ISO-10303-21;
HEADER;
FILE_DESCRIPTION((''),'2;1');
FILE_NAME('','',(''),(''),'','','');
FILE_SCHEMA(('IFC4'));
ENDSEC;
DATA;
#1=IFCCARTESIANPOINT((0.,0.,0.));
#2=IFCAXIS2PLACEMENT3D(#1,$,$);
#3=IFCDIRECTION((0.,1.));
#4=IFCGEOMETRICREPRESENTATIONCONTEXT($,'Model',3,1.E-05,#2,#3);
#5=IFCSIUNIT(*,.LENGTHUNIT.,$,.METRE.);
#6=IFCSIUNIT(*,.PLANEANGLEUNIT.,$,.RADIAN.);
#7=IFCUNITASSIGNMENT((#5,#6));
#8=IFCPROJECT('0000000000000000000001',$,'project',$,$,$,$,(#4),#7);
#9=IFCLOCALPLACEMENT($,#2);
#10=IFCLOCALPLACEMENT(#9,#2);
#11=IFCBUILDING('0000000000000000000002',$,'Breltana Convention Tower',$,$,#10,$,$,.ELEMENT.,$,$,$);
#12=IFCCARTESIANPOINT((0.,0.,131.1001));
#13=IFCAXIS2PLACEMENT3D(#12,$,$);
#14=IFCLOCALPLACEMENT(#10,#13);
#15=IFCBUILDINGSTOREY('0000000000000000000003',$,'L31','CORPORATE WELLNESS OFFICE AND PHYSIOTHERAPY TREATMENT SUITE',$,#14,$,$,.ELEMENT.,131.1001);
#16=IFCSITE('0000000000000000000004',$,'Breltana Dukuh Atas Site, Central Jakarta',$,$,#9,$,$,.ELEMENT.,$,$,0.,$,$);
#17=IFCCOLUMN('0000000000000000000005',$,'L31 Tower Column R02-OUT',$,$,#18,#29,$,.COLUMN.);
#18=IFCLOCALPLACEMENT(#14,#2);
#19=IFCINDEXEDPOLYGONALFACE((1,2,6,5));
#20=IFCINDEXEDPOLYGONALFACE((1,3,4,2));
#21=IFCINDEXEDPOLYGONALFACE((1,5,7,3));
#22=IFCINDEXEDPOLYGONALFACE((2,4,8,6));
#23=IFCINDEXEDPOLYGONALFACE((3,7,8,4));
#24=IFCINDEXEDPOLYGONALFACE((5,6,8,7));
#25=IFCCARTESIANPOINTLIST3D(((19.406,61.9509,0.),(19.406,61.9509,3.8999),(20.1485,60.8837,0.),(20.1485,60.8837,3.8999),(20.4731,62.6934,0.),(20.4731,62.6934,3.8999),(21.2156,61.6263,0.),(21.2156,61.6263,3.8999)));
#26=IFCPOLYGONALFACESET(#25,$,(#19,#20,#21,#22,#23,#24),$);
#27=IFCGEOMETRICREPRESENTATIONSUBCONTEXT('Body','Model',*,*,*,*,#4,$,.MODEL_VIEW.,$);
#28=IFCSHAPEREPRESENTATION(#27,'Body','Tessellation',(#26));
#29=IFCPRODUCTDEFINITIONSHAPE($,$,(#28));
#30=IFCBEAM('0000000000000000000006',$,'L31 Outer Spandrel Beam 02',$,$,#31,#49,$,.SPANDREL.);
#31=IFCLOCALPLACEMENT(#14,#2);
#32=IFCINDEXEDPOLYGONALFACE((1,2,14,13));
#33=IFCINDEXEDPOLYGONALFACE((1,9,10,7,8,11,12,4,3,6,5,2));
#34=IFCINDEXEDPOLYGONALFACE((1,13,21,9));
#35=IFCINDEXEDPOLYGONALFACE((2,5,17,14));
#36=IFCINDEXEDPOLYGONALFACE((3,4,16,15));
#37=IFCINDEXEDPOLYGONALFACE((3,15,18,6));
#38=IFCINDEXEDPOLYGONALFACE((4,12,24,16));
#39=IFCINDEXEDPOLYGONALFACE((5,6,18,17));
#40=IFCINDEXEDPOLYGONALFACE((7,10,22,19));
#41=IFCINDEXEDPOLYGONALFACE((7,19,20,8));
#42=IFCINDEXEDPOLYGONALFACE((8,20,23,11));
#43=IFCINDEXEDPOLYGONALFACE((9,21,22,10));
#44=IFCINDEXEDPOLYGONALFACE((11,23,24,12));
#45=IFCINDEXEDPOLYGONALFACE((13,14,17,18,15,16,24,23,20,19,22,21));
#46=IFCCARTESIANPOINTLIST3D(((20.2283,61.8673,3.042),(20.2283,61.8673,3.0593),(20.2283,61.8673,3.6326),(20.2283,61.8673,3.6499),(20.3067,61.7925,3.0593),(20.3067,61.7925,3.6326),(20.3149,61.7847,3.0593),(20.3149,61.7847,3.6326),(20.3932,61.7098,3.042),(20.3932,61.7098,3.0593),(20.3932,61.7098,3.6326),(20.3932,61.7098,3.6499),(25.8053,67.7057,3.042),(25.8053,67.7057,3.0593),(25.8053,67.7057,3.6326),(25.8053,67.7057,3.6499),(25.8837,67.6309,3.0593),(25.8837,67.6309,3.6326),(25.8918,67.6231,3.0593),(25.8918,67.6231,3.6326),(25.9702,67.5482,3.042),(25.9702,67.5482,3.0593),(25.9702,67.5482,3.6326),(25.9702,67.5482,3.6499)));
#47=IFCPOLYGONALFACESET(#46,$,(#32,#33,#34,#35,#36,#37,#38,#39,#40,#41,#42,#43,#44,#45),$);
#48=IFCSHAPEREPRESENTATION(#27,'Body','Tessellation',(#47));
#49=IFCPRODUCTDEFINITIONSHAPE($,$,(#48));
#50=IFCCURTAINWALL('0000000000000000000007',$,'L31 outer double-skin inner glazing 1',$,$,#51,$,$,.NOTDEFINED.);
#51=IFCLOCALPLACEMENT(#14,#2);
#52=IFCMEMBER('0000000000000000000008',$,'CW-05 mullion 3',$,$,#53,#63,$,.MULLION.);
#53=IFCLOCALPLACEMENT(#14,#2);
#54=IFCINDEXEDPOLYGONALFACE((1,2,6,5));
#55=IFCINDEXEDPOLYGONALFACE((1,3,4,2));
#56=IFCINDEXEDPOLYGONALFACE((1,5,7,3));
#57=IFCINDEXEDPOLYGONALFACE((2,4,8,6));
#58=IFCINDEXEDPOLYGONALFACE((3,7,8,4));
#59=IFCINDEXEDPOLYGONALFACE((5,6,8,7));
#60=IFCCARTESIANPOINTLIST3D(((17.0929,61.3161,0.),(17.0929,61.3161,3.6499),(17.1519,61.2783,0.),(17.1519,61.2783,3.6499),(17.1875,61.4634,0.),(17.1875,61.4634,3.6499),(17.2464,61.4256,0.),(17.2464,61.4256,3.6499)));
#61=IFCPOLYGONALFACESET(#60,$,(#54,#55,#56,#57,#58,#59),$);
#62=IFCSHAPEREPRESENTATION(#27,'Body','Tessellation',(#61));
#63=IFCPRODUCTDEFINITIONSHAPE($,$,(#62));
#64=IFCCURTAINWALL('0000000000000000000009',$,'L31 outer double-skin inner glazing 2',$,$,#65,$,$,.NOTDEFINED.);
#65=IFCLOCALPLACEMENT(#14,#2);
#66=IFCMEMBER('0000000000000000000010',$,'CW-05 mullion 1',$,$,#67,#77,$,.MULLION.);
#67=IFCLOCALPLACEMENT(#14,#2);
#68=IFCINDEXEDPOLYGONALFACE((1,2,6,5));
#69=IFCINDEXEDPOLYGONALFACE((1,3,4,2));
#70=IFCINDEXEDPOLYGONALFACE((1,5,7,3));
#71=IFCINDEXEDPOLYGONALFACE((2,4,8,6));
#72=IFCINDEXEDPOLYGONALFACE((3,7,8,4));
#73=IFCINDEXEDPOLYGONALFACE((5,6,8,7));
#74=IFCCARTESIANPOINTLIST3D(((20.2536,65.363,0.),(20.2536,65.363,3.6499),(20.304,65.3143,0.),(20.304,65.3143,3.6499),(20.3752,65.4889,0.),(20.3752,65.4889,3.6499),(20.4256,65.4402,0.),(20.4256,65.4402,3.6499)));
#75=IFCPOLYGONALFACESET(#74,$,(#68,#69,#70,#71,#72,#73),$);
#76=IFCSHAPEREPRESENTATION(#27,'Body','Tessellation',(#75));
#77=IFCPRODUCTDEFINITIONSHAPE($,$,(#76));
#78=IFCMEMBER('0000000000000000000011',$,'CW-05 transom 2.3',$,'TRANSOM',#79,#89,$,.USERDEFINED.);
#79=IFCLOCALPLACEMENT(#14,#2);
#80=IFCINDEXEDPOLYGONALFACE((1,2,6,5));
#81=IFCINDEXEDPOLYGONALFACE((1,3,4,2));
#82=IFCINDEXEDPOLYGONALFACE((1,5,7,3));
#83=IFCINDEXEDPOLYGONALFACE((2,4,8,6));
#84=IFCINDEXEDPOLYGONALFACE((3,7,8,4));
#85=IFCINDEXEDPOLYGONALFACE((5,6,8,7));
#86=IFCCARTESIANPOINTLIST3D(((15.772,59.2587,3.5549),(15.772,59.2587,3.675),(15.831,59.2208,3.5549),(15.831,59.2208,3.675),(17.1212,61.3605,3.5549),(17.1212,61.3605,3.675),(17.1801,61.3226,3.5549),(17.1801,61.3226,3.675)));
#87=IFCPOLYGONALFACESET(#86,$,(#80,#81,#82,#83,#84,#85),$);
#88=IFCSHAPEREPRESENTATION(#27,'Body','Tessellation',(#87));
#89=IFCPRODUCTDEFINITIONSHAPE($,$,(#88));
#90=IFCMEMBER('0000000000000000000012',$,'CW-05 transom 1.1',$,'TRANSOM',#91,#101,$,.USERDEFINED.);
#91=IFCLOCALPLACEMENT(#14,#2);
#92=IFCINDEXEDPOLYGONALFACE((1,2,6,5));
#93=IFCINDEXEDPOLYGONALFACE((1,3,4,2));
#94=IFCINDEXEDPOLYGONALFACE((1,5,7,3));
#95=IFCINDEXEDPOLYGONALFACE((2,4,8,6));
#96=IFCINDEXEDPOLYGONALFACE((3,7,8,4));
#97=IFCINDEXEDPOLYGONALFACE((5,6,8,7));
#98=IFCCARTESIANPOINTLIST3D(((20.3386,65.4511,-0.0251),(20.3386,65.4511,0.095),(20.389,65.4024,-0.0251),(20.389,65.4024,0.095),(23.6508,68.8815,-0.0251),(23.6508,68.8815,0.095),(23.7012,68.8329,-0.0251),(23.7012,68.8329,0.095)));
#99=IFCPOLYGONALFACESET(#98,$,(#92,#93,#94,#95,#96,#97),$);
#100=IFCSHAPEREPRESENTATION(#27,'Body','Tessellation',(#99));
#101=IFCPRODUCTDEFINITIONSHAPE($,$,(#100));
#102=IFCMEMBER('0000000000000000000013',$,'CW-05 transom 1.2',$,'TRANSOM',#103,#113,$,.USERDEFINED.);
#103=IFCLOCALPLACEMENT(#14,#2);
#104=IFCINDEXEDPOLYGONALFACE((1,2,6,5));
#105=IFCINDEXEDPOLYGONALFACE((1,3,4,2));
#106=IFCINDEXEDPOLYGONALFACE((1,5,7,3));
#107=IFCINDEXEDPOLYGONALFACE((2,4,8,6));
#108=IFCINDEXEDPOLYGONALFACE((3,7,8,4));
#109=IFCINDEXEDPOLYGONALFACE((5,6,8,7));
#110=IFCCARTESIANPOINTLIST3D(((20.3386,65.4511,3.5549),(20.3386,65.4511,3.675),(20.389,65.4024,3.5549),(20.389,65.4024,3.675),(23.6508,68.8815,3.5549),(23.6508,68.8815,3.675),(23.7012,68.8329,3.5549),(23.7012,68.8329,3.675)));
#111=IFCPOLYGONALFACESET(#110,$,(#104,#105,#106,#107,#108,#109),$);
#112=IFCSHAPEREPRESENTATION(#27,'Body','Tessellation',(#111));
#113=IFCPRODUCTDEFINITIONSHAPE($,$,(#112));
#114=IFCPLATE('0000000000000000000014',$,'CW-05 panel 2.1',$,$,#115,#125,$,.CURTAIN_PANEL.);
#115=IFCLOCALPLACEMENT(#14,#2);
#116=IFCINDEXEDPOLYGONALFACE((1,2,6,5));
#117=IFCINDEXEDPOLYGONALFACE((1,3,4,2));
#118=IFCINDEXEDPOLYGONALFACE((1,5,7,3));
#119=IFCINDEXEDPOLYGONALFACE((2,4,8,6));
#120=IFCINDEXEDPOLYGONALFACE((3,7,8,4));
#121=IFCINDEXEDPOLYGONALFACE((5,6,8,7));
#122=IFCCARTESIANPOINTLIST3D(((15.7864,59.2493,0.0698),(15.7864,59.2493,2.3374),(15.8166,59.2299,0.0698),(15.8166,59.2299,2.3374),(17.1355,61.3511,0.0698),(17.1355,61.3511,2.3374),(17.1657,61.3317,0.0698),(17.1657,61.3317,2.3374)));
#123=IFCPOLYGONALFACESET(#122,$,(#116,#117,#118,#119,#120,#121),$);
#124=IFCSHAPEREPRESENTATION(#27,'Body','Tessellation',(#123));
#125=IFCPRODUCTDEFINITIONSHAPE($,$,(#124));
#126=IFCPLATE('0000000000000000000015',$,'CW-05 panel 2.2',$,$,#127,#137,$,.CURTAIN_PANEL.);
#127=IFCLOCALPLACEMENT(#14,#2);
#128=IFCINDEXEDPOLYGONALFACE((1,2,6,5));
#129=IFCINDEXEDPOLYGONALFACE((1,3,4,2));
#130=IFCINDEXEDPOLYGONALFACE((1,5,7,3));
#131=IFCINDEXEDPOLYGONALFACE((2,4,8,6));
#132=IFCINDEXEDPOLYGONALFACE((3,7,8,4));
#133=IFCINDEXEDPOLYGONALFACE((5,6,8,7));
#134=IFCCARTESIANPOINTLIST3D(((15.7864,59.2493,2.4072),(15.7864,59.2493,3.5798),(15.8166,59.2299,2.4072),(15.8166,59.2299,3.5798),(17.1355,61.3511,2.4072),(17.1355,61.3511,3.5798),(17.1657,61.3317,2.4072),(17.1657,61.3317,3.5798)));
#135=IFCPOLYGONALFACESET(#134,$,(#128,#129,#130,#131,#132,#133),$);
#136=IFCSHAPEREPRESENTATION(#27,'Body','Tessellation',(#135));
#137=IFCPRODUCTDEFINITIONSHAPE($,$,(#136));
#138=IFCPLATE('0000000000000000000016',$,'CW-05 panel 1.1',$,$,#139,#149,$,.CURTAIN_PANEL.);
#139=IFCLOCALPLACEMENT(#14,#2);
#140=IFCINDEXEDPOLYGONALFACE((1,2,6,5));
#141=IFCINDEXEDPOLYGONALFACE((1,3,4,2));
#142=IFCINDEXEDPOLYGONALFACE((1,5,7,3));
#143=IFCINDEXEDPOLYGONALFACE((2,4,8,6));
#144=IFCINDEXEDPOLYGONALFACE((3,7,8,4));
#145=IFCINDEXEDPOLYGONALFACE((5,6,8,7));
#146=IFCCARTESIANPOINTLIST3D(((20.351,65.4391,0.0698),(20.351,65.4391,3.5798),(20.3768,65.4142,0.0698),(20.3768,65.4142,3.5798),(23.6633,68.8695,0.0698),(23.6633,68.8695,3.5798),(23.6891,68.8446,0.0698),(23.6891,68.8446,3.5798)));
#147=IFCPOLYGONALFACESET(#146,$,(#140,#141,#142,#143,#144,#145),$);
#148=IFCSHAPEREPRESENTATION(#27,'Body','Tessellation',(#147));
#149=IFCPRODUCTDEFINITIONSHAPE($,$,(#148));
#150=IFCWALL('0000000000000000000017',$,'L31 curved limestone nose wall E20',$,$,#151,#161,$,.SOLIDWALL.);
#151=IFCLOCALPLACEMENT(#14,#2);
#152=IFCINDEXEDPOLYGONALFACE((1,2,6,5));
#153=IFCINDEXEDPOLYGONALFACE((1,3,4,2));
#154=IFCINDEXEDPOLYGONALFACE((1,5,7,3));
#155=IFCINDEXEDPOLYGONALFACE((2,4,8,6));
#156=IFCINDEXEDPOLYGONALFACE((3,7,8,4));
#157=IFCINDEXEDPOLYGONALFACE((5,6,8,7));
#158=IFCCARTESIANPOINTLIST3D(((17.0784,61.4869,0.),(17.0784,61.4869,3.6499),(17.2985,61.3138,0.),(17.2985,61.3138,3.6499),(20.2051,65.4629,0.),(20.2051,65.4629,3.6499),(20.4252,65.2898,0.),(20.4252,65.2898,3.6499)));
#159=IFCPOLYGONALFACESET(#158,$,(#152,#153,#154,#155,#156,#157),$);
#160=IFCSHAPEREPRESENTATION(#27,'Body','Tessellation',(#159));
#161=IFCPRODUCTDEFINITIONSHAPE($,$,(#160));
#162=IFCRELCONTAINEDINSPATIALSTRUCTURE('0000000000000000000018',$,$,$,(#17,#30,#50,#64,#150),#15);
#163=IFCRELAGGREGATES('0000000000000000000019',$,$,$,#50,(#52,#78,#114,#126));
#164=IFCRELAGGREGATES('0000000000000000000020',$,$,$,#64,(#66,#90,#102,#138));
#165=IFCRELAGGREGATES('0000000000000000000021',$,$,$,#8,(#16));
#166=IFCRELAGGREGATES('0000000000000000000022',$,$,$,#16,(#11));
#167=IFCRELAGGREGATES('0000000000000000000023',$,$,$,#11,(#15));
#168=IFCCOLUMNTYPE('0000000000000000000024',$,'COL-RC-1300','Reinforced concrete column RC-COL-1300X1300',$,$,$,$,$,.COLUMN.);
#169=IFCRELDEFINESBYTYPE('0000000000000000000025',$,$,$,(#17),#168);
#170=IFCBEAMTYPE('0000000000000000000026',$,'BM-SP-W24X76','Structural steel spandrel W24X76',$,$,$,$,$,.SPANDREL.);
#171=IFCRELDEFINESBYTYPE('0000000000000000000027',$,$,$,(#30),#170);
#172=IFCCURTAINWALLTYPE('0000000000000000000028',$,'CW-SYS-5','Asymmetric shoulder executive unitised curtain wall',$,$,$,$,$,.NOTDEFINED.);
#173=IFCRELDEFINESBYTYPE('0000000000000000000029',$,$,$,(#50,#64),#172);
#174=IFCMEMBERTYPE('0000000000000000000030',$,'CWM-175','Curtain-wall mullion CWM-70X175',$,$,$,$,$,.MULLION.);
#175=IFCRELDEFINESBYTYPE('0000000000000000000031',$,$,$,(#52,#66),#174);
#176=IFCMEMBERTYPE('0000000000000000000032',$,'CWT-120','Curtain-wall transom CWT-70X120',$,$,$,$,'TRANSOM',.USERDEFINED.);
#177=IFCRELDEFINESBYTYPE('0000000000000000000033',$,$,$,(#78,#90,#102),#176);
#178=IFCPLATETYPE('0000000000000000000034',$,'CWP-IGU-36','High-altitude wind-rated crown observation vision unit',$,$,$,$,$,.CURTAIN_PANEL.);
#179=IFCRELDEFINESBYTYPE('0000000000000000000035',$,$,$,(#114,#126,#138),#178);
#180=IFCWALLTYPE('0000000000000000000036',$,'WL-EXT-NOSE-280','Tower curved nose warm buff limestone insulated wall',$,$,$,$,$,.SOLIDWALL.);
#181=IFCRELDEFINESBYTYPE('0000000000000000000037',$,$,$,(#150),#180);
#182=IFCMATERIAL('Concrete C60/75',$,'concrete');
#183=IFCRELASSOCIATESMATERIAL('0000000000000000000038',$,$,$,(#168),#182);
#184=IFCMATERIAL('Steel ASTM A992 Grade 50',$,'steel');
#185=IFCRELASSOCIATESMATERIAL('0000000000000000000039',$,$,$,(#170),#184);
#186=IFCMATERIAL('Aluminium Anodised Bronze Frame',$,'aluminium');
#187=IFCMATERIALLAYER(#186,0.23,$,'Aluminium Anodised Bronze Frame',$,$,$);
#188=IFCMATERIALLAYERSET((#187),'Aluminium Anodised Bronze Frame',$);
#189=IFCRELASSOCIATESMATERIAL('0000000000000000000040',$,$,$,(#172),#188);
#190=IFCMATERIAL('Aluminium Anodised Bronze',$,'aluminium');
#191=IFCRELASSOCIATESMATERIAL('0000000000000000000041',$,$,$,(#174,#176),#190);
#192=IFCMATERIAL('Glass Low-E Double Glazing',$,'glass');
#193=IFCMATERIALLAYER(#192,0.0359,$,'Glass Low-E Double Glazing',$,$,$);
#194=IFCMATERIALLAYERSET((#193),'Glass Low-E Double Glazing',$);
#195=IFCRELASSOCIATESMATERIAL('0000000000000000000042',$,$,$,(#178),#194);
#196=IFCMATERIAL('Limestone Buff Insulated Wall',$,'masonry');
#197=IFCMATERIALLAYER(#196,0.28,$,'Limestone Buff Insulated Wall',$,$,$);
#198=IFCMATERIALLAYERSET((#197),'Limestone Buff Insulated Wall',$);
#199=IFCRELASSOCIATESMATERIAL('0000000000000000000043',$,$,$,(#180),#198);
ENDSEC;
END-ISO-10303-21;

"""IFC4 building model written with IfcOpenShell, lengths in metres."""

from ifc_helpers import new_model, si_unit, direction, frame, frame_2d, origin, origin_2d, place, context, subcontext, project, spatial, rectangle, i_section, extrude, source, transform, mapped, material, layer, layer_set, material_profile, profile_set, type_object, element, aggregate, save


model = new_model("IFC4")

# Units and contexts
model_context = context("Model", 3, precision=1e-05, world=origin(), true_north=direction((0.0, 1.0)))
body_context = subcontext(model_context, "Body", "Model", "MODEL_VIEW")
ifc_project = project(units=[si_unit("LENGTHUNIT", "METRE"), si_unit("PLANEANGLEUNIT", "RADIAN")], contexts=[model_context])

# Site, building, storey
site_placement = place(None, origin())
site = spatial("IfcSite", under=ifc_project, at=site_placement, Name="Breltana Dukuh Atas Site, Central Jakarta", CompositionType="ELEMENT", RefElevation=0.0)
building_placement = place(site_placement, origin())
building = spatial("IfcBuilding", under=site, at=building_placement, Name="Breltana Convention Tower", CompositionType="ELEMENT")
storey_placement = place(building_placement, frame((0.0, 0.0, 131.1001)))
storey = spatial("IfcBuildingStorey", under=building, at=storey_placement, Name="L31", Description="CORPORATE WELLNESS OFFICE AND PHYSIOTHERAPY TREATMENT SUITE", CompositionType="ELEMENT", Elevation=131.1001)

# Column
ifc_material_1 = material(Name="Concrete C60/75", Category="concrete")
ifc_material_profile_1 = material_profile(ifc_material_1, rectangle(XDim=1.3, YDim=1.3, at=origin_2d()), Name="RC-COL-1300X1300")
ifc_profile_set_1 = profile_set([ifc_material_profile_1], Name="Concrete C60/75")
column_type = type_object("IfcColumnType", Name="COL-RC-1300", Description="Reinforced concrete column RC-COL-1300X1300", PredefinedType="COLUMN", material=ifc_profile_set_1)
shared_shape_1 = source(origin(), body_context, "Body", "SweptSolid", [
    extrude(rectangle(XDim=1.3, YDim=1.3, at=origin_2d()), origin(), (0.0, 0.0, 1.0), 3.8999),
])
column_placement = place(storey_placement, frame((20.3108, 61.7886, 0.0), z_axis=(0.0, 0.0, 1.0), x_axis=(-0.571143, 0.82085, 0.0)))
element("IfcColumn", 1, at=column_placement, inside=storey, type_object=column_type, Name="L31 Tower Column R02-OUT", PredefinedType="COLUMN", context=body_context, shape_type="MappedRepresentation", body=[
    mapped(shared_shape_1, transform((0.0, 0.0, 0.0), scale=1.0)),
])

# Beam
ifc_material_2 = material(Name="Steel ASTM A992 Grade 50", Category="steel")
ifc_material_profile_2 = material_profile(ifc_material_2, i_section(OverallWidth=0.228, OverallDepth=0.6079, WebThickness=0.0112, FlangeThickness=0.0173, at=origin_2d()), Name="W24X76")
ifc_profile_set_2 = profile_set([ifc_material_profile_2], Name="Steel ASTM A992 Grade 50")
beam_type = type_object("IfcBeamType", Name="BM-SP-W24X76", Description="Structural steel spandrel W24X76", PredefinedType="SPANDREL", material=ifc_profile_set_2)
shared_shape_2 = source(origin(), body_context, "Body", "SweptSolid", [
    extrude(i_section(OverallWidth=0.228, OverallDepth=0.6079, WebThickness=0.0112, FlangeThickness=0.0173, at=origin_2d()), origin(), (0.0, 0.0, 1.0), 8.074),
])
beam_placement = place(storey_placement, frame((20.3108, 61.7886, 3.3459), z_axis=(0.690729, 0.723114, 0.0), x_axis=(-0.723114, 0.690729, 0.0)))
element("IfcBeam", 2, at=beam_placement, inside=storey, type_object=beam_type, Name="L31 Outer Spandrel Beam 02", PredefinedType="SPANDREL", context=body_context, shape_type="MappedRepresentation", body=[
    mapped(shared_shape_2, transform((0.0, 0.0, 0.0), scale=1.0)),
])

# Curtain walls, members
ifc_material_3 = material(Name="Aluminium Anodised Bronze Frame", Category="aluminium")
ifc_layer_1 = layer(ifc_material_3, 0.23, Name="Aluminium Anodised Bronze Frame")
ifc_layer_set_1 = layer_set([ifc_layer_1], Name="Aluminium Anodised Bronze Frame")
curtain_wall_type = type_object("IfcCurtainWallType", Name="CW-SYS-5", Description="Asymmetric shoulder executive unitised curtain wall", PredefinedType="NOTDEFINED", material=ifc_layer_set_1)
curtain_wall_1_placement = place(storey_placement, origin())
curtain_wall_1 = element("IfcCurtainWall", 3, at=curtain_wall_1_placement, inside=storey, type_object=curtain_wall_type, Name="L31 outer double-skin inner glazing 1", PredefinedType="NOTDEFINED")
ifc_material_4 = material(Name="Aluminium Anodised Bronze", Category="aluminium")
ifc_material_profile_3 = material_profile(ifc_material_4, rectangle(XDim=0.0701, YDim=0.175, at=origin_2d()), Name="CWM-70X175")
ifc_profile_set_3 = profile_set([ifc_material_profile_3], Name="Aluminium Anodised Bronze")
member_type_1 = type_object("IfcMemberType", Name="CWM-175", Description="Curtain-wall mullion CWM-70X175", PredefinedType="MULLION", material=ifc_profile_set_3)
shared_shape_3 = source(origin(), body_context, "Body", "SweptSolid", [
    extrude(rectangle(XDim=0.0701, YDim=0.175, at=origin_2d()), origin(), (0.0, 0.0, 1.0), 3.6499),
])
member_1_placement = place(storey_placement, frame((17.1697, 61.3708, 0.0), z_axis=(0.0, 0.0, 1.0), x_axis=(-0.841552, 0.540177, 0.0)))
member_1 = element("IfcMember", 4, at=member_1_placement, type_object=member_type_1, Name="CW-05 mullion 3", PredefinedType="MULLION", context=body_context, shape_type="MappedRepresentation", body=[
    mapped(shared_shape_3, transform((0.0, 0.0, 0.0), scale=1.0)),
])
curtain_wall_2_placement = place(storey_placement, origin())
curtain_wall_2 = element("IfcCurtainWall", 5, at=curtain_wall_2_placement, inside=storey, type_object=curtain_wall_type, Name="L31 outer double-skin inner glazing 2", PredefinedType="NOTDEFINED")
member_2_placement = place(storey_placement, frame((20.3396, 65.4016, 0.0), z_axis=(0.0, 0.0, 1.0), x_axis=(-0.719385, 0.694612, 0.0)))
member_2 = element("IfcMember", 6, at=member_2_placement, type_object=member_type_1, Name="CW-05 mullion 1", PredefinedType="MULLION", context=body_context, shape_type="MappedRepresentation", body=[
    mapped(shared_shape_3, transform((0.0, 0.0, 0.0), scale=1.0)),
])

# Members
ifc_material_profile_4 = material_profile(ifc_material_4, rectangle(XDim=0.0701, YDim=0.1201, at=origin_2d()), Name="CWT-70X120")
ifc_profile_set_4 = profile_set([ifc_material_profile_4], Name="Aluminium Anodised Bronze")
member_type_2 = type_object("IfcMemberType", Name="CWT-120", Description="Curtain-wall transom CWT-70X120", ElementType="TRANSOM", PredefinedType="USERDEFINED", material=ifc_profile_set_4)
shared_shape_4 = source(origin(), body_context, "Body", "SweptSolid", [
    extrude(rectangle(XDim=0.0701, YDim=0.1201, at=origin_2d()), origin(), (0.0, 0.0, 1.0), 2.4976),
])
member_3_placement = place(storey_placement, frame((15.8015, 59.2397, 3.615), z_axis=(0.540179, 0.84155, 0.0), x_axis=(-0.84155, 0.540179, 0.0)))
member_3 = element("IfcMember", 7, at=member_3_placement, type_object=member_type_2, Name="CW-05 transom 2.3", ObjectType="TRANSOM", PredefinedType="USERDEFINED", context=body_context, shape_type="MappedRepresentation", body=[
    mapped(shared_shape_4, transform((0.0, 0.0, 0.0), scale=1.0)),
])
shared_shape_5 = source(origin(), body_context, "Body", "SweptSolid", [
    extrude(rectangle(XDim=0.0701, YDim=0.1201, at=origin_2d()), origin(), (0.0, 0.0, 1.0), 4.7686),
])
member_4_placement = place(storey_placement, frame((20.3638, 65.4268, 0.0349), z_axis=(0.694608, 0.719388, 0.0), x_axis=(-0.719388, 0.694608, 0.0)))
member_4 = element("IfcMember", 8, at=member_4_placement, type_object=member_type_2, Name="CW-05 transom 1.1", ObjectType="TRANSOM", PredefinedType="USERDEFINED", context=body_context, shape_type="MappedRepresentation", body=[
    mapped(shared_shape_5, transform((0.0, 0.0, 0.0), scale=1.0)),
])
member_5_placement = place(storey_placement, frame((20.3638, 65.4268, 3.615), z_axis=(0.694608, 0.719388, 0.0), x_axis=(-0.719388, 0.694608, 0.0)))
member_5 = element("IfcMember", 9, at=member_5_placement, type_object=member_type_2, Name="CW-05 transom 1.2", ObjectType="TRANSOM", PredefinedType="USERDEFINED", context=body_context, shape_type="MappedRepresentation", body=[
    mapped(shared_shape_5, transform((0.0, 0.0, 0.0), scale=1.0)),
])

# Plates
ifc_material_5 = material(Name="Glass Low-E Double Glazing", Category="glass")
ifc_layer_2 = layer(ifc_material_5, 0.0359, Name="Glass Low-E Double Glazing")
ifc_layer_set_2 = layer_set([ifc_layer_2], Name="Glass Low-E Double Glazing")
plate_type = type_object("IfcPlateType", Name="CWP-IGU-36", Description="High-altitude wind-rated crown observation vision unit", PredefinedType="CURTAIN_PANEL", material=ifc_layer_set_2)
shared_shape_6 = source(origin(), body_context, "Body", "SweptSolid", [
    extrude(rectangle(XDim=2.4976, YDim=0.0359, at=origin_2d()), origin(), (0.0, 0.0, 1.0), 2.2676),
])
plate_1_placement = place(storey_placement, frame((16.4761, 60.2905, 0.0698), z_axis=(0.0, 0.0, 1.0), x_axis=(0.540177, 0.841552, 0.0)))
plate_1 = element("IfcPlate", 10, at=plate_1_placement, type_object=plate_type, Name="CW-05 panel 2.1", PredefinedType="CURTAIN_PANEL", context=body_context, shape_type="MappedRepresentation", body=[
    mapped(shared_shape_6, transform((0.0, 0.0, 0.0), scale=1.0)),
])
shared_shape_7 = source(origin(), body_context, "Body", "SweptSolid", [
    extrude(rectangle(XDim=2.4976, YDim=0.0359, at=origin_2d()), origin(), (0.0, 0.0, 1.0), 1.1726),
])
plate_2_placement = place(storey_placement, frame((16.4761, 60.2905, 2.4072), z_axis=(0.0, 0.0, 1.0), x_axis=(0.540177, 0.841552, 0.0)))
plate_2 = element("IfcPlate", 11, at=plate_2_placement, type_object=plate_type, Name="CW-05 panel 2.2", PredefinedType="CURTAIN_PANEL", context=body_context, shape_type="MappedRepresentation", body=[
    mapped(shared_shape_7, transform((0.0, 0.0, 0.0), scale=1.0)),
])
aggregate(curtain_wall_1, [member_1, member_3, plate_1, plate_2])
shared_shape_8 = source(origin(), body_context, "Body", "SweptSolid", [
    extrude(rectangle(XDim=4.7686, YDim=0.0359, at=origin_2d()), origin(), (0.0, 0.0, 1.0), 3.51),
])
plate_3_placement = place(storey_placement, frame((22.02, 67.1418, 0.0698), z_axis=(0.0, 0.0, 1.0), x_axis=(0.694612, 0.719385, 0.0)))
plate_3 = element("IfcPlate", 12, at=plate_3_placement, type_object=plate_type, Name="CW-05 panel 1.1", PredefinedType="CURTAIN_PANEL", context=body_context, shape_type="MappedRepresentation", body=[
    mapped(shared_shape_8, transform((0.0, 0.0, 0.0), scale=1.0)),
])
aggregate(curtain_wall_2, [member_2, member_4, member_5, plate_3])

# Wall
ifc_material_6 = material(Name="Limestone Buff Insulated Wall", Category="masonry")
ifc_layer_3 = layer(ifc_material_6, 0.28, Name="Limestone Buff Insulated Wall")
ifc_layer_set_3 = layer_set([ifc_layer_3], Name="Limestone Buff Insulated Wall")
wall_type_1 = type_object("IfcWallType", Name="WL-EXT-NOSE-280", Description="Tower curved nose warm buff limestone insulated wall", PredefinedType="SOLIDWALL", material=ifc_layer_set_3)
shared_shape_9 = source(origin(), body_context, "Body", "SweptSolid", [
    extrude(rectangle(XDim=5.0581, YDim=0.28, at=frame_2d((2.5291, 0.0))), origin(), (0.0, 0.0, 1.0), 3.6499),
])
wall_1_placement = place(storey_placement, frame((17.1885, 61.4004, 0.0), z_axis=(0.0, 0.0, 1.0), x_axis=(0.618146, 0.786064, 0.0)))
element("IfcWall", 13, at=wall_1_placement, inside=storey, type_object=wall_type_1, Name="L31 curved limestone nose wall E20", PredefinedType="SOLIDWALL", context=body_context, shape_type="MappedRepresentation", body=[
    mapped(shared_shape_9, transform((0.0, 0.0, 0.0), scale=1.0)),
])

save(model, "model.ifc")
